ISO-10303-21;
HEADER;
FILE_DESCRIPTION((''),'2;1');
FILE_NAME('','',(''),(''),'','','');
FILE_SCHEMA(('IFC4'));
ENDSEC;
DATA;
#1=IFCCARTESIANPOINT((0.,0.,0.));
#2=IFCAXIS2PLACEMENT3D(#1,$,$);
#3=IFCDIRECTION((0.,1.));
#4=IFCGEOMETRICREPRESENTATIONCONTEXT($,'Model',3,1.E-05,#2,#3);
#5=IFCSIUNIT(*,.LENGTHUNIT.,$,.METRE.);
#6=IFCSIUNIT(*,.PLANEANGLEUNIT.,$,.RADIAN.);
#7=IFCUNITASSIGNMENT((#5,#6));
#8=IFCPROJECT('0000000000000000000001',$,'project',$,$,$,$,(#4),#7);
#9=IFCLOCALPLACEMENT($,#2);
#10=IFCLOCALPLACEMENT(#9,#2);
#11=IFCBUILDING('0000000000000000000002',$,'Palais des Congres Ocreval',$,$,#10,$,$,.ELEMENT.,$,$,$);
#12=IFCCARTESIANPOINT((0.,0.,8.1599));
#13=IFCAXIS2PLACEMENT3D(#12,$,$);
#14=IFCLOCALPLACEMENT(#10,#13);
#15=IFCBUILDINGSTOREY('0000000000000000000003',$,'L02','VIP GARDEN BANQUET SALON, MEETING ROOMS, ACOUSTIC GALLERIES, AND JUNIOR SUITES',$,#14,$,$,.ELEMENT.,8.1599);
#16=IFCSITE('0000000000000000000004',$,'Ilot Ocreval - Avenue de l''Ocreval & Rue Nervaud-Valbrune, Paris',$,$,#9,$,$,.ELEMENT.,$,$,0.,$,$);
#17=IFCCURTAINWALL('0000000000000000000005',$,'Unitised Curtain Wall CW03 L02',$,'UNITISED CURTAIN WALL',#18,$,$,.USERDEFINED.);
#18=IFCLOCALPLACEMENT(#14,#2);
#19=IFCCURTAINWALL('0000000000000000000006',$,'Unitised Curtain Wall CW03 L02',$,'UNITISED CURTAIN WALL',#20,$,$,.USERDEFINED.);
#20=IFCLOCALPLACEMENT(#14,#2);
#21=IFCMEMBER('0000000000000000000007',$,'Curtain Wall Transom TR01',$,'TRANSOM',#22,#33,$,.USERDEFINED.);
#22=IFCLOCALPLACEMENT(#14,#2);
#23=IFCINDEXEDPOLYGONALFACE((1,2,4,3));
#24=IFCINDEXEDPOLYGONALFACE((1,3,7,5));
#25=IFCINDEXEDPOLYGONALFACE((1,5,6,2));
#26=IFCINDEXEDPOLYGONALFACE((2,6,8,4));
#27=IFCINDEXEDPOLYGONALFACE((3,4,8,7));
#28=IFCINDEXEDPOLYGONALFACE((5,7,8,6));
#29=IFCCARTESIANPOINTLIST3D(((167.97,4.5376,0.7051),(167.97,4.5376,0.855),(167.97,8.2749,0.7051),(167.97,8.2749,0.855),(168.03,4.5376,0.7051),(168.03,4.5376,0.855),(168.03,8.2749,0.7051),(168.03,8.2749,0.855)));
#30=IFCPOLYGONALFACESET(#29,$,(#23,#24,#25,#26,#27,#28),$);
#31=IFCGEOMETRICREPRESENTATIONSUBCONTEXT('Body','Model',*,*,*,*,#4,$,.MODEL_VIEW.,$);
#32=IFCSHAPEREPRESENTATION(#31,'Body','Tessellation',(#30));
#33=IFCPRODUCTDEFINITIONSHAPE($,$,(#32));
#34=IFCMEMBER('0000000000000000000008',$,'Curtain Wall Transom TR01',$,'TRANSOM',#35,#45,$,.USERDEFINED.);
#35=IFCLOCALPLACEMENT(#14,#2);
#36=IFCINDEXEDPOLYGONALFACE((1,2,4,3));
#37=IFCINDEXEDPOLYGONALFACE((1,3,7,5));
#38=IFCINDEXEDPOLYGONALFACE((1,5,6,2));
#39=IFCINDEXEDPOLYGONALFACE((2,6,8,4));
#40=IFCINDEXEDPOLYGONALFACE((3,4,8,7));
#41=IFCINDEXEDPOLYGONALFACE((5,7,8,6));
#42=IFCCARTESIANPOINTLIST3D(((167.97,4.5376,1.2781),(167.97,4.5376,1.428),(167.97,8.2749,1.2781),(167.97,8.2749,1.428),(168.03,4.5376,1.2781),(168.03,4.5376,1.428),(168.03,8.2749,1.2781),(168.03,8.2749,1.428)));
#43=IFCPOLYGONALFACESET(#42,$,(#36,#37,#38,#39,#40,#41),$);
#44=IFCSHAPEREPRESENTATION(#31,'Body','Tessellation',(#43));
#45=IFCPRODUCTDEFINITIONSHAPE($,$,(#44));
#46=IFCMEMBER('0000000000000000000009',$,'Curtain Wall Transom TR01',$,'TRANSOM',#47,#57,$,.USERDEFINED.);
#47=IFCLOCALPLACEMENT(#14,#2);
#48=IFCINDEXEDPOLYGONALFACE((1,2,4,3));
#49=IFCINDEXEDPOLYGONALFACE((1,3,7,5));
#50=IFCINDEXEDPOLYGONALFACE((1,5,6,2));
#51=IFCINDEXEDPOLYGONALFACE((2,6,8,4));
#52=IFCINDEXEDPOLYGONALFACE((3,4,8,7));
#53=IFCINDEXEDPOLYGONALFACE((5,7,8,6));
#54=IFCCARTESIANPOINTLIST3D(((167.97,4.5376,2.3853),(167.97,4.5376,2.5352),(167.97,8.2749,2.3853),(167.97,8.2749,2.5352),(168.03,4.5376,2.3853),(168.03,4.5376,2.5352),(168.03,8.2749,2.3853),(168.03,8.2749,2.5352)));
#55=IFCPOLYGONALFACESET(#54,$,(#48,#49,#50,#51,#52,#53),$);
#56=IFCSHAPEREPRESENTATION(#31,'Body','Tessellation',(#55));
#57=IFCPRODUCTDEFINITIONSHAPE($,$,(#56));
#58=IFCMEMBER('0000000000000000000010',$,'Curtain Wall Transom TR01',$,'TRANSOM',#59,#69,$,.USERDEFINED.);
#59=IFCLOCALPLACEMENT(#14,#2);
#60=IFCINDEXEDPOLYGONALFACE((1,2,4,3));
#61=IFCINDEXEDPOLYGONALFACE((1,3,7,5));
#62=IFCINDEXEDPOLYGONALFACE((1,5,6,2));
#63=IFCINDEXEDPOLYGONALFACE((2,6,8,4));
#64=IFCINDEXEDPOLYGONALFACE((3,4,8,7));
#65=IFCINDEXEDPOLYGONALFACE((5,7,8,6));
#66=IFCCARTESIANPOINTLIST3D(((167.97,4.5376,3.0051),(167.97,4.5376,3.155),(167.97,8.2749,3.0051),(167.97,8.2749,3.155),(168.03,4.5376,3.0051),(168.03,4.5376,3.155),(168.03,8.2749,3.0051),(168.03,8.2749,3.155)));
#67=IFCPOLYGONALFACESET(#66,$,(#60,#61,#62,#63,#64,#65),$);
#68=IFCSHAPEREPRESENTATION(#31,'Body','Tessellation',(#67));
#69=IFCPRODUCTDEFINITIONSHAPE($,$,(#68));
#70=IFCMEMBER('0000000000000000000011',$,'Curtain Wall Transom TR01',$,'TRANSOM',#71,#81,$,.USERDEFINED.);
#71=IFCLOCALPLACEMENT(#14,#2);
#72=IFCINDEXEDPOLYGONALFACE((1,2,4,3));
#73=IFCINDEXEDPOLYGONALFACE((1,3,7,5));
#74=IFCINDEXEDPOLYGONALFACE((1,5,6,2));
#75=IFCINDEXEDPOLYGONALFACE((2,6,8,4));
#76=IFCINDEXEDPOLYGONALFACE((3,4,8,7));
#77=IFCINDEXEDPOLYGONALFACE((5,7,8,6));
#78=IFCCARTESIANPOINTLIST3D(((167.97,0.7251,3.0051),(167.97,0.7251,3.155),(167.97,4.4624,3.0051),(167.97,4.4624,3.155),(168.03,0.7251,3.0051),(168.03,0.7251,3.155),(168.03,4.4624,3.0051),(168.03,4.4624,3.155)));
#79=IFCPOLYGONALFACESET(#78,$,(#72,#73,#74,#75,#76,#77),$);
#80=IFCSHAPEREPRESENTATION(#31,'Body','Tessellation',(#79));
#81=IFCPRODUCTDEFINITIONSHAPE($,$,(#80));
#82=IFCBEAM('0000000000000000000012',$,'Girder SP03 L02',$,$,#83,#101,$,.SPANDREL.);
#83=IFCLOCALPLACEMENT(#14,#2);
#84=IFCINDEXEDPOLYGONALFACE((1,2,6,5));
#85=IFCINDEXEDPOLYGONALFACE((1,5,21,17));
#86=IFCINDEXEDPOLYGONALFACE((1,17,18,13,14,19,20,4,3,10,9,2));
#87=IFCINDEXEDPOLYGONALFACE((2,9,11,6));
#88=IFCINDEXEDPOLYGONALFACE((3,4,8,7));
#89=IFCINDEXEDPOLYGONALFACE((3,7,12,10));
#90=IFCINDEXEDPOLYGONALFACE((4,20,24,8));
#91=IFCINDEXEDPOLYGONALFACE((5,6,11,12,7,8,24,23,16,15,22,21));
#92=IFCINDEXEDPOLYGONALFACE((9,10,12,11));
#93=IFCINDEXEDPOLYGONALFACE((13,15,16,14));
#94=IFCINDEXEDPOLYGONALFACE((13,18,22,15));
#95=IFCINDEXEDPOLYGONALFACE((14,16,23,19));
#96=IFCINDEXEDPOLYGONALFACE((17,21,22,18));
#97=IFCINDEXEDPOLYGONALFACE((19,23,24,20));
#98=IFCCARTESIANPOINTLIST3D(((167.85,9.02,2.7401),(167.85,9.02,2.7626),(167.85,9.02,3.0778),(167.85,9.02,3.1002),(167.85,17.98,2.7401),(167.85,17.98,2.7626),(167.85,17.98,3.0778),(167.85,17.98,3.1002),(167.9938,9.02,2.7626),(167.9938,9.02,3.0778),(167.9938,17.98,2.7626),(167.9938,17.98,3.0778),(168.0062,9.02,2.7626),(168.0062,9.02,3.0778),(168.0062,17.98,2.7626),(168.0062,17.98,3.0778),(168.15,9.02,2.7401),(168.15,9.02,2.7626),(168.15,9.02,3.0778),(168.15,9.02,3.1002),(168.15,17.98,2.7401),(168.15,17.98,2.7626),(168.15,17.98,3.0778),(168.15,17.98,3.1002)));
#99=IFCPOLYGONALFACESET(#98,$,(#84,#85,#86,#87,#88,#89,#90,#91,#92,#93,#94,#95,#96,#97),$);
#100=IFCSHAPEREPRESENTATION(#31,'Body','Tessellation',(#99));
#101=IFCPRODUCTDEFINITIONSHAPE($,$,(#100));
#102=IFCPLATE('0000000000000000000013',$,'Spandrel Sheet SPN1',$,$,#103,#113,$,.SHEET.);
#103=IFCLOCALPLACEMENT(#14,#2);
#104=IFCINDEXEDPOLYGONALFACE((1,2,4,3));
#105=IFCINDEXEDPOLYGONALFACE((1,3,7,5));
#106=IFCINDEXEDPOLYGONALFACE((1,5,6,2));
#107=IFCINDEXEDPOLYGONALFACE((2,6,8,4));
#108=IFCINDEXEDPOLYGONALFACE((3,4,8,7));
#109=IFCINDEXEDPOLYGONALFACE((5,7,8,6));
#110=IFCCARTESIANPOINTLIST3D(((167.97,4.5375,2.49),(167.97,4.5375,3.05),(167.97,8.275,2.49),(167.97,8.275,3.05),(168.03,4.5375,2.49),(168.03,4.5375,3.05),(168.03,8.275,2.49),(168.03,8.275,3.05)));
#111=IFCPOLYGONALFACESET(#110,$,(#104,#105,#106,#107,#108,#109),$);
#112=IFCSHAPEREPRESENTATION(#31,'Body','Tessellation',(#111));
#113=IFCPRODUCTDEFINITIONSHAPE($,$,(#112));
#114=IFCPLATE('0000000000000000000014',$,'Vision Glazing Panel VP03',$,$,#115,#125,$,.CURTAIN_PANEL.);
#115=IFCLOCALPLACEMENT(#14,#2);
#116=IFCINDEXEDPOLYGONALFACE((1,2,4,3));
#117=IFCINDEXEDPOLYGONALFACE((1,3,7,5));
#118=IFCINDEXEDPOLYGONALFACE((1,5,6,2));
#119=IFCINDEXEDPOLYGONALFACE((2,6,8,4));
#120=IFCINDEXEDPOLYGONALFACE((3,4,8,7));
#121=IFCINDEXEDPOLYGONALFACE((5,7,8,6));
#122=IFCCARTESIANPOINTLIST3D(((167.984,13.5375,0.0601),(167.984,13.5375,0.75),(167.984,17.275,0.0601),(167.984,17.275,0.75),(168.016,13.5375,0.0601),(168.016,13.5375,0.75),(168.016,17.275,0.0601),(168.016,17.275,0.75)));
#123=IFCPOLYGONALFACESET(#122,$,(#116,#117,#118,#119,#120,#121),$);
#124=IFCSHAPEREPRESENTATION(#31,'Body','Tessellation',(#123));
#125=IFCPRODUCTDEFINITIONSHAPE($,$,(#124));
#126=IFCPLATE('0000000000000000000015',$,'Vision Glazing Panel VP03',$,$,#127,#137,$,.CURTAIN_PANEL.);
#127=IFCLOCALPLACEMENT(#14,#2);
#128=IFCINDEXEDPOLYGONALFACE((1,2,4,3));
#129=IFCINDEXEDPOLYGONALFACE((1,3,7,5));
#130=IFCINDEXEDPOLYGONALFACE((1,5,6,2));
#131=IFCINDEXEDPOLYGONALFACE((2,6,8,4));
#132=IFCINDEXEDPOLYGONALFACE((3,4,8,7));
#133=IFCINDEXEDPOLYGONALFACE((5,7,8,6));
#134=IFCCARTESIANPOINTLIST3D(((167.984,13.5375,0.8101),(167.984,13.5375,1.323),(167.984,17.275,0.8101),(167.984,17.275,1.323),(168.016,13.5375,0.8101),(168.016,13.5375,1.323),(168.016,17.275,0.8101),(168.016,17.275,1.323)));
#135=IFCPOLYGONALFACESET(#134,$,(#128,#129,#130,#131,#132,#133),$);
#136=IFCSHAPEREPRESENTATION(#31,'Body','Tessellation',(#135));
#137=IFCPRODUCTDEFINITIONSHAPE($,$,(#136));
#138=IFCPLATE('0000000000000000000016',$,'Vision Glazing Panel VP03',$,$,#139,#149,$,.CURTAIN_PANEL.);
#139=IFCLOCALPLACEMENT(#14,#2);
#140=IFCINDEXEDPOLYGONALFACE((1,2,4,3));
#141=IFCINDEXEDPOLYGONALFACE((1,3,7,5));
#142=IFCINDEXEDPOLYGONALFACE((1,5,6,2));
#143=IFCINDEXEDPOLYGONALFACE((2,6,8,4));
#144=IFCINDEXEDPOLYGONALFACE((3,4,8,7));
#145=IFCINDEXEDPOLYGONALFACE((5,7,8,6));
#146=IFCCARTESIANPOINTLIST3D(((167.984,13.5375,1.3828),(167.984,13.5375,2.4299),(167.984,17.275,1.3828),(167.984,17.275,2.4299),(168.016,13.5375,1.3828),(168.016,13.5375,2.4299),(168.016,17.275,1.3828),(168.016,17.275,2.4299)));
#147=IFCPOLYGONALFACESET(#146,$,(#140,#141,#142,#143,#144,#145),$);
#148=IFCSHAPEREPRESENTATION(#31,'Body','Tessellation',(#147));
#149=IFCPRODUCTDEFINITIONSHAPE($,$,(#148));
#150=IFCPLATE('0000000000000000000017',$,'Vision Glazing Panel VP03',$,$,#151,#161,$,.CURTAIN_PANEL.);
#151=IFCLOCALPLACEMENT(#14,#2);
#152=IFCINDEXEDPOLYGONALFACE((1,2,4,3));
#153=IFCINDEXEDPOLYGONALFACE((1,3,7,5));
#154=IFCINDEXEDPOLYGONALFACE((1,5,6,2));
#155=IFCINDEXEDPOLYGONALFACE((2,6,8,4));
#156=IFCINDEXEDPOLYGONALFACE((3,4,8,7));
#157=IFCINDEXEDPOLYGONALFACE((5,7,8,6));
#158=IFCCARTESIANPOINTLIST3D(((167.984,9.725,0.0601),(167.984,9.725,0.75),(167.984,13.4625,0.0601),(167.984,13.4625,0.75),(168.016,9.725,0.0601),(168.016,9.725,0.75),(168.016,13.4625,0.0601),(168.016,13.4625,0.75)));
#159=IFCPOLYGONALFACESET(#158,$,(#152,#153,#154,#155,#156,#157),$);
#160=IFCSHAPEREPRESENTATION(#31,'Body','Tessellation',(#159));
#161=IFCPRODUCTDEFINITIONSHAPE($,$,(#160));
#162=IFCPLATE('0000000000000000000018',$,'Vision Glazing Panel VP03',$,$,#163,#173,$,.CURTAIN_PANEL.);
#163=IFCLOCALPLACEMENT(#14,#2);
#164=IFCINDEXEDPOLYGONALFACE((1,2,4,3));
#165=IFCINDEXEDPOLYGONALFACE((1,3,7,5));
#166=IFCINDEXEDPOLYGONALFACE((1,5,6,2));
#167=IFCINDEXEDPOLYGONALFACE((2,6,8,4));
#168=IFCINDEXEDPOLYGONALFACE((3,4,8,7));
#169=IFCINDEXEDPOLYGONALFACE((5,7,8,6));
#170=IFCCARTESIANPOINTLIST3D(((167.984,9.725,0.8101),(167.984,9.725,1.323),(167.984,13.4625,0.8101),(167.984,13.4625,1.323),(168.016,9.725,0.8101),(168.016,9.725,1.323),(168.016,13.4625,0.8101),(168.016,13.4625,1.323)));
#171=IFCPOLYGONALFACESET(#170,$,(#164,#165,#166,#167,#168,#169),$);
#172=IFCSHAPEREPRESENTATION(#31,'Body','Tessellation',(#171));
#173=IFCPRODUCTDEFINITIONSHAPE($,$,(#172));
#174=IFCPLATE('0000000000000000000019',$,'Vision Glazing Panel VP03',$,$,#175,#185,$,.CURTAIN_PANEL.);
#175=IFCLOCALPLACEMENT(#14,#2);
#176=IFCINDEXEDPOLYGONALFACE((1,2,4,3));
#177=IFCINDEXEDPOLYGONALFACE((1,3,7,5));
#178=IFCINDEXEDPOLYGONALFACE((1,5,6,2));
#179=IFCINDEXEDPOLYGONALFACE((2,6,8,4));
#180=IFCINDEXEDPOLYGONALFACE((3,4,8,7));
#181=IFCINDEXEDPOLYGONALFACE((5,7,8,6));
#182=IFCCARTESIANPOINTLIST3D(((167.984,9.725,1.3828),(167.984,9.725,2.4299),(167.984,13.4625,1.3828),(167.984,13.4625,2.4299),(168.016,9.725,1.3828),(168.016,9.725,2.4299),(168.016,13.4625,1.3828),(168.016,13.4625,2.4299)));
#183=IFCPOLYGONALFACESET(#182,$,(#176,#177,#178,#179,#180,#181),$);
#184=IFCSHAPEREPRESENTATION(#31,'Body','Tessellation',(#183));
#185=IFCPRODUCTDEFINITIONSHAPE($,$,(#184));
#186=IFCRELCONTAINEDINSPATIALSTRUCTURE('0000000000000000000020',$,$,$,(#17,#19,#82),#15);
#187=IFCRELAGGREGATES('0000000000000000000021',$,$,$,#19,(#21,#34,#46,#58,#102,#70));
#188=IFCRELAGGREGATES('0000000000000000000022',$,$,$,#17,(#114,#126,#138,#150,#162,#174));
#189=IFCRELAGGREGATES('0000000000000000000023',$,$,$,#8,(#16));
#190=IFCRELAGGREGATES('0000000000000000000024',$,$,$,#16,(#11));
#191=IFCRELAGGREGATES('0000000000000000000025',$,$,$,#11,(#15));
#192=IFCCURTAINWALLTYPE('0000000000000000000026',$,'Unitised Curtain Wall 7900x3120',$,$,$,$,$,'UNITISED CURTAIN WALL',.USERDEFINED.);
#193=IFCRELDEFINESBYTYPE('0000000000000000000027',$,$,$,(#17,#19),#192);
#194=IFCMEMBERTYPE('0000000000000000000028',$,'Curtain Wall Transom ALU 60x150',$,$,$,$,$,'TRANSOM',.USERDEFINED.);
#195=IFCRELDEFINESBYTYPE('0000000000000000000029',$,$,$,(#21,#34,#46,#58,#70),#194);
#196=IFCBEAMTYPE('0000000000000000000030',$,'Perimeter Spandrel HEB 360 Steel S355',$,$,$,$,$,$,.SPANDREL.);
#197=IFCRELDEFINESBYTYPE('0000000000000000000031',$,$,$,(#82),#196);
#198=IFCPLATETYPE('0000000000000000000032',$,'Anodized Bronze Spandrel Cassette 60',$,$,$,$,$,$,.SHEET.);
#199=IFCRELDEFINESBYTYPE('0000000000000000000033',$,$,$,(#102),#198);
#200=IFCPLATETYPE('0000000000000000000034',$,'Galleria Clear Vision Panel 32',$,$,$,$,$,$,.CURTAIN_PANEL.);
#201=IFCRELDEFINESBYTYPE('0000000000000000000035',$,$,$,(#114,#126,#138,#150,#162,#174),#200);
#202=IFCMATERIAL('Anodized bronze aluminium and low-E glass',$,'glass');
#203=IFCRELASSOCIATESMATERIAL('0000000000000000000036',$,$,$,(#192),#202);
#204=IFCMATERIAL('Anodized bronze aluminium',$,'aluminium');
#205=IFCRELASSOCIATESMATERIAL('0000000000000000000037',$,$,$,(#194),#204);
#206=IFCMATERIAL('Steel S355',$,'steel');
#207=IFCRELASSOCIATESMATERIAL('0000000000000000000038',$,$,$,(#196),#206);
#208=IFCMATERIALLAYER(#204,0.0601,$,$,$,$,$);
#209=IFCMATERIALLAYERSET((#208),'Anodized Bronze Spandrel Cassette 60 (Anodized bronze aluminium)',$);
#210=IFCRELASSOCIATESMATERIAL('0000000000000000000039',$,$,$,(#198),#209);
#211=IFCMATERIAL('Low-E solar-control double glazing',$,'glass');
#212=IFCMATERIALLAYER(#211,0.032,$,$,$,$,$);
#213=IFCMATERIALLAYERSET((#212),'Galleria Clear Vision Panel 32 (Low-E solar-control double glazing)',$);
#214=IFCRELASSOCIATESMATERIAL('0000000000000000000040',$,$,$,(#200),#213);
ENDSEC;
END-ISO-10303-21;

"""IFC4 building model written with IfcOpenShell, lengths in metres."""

from ifc_helpers import new_model, si_unit, direction, frame, origin, origin_2d, place, context, subcontext, project, spatial, rectangle, i_section, extrude, material, layer, layer_set, material_profile, profile_set, type_object, element, aggregate, save


model = new_model("IFC4")

# Units and contexts
model_context = context("Model", 3, precision=1e-05, world=origin(), true_north=direction((0.0, 1.0)))
body_context = subcontext(model_context, "Body", "Model", "MODEL_VIEW")
ifc_project = project(units=[si_unit("LENGTHUNIT", "METRE"), si_unit("PLANEANGLEUNIT", "RADIAN")], contexts=[model_context])

# Site, building, storey
site_placement = place(None, origin())
site = spatial("IfcSite", under=ifc_project, at=site_placement, Name="Ilot Ocreval - Avenue de l'Ocreval & Rue Nervaud-Valbrune, Paris", CompositionType="ELEMENT", RefElevation=0.0)
building_placement = place(site_placement, origin())
building = spatial("IfcBuilding", under=site, at=building_placement, Name="Palais des Congres Ocreval", CompositionType="ELEMENT")
storey_placement = place(building_placement, frame((0.0, 0.0, 8.1599)))
storey = spatial("IfcBuildingStorey", under=building, at=storey_placement, Name="L02", Description="VIP GARDEN BANQUET SALON, MEETING ROOMS, ACOUSTIC GALLERIES, AND JUNIOR SUITES", CompositionType="ELEMENT", Elevation=8.1599)

# Shared definitions
ifc_material_1 = material(Name="Steel S355", Category="steel")

# Curtain walls
ifc_material_2 = material(Name="Anodized bronze aluminium and low-E glass", Category="glass")
curtain_wall_type = type_object("IfcCurtainWallType", Name="Unitised Curtain Wall 7900x3120", ElementType="UNITISED CURTAIN WALL", PredefinedType="USERDEFINED", material=ifc_material_2)
curtain_wall_1_placement = place(storey_placement, origin())
curtain_wall_1 = element("IfcCurtainWall", 1, at=curtain_wall_1_placement, inside=storey, type_object=curtain_wall_type, Name="Unitised Curtain Wall CW03 L02", ObjectType="UNITISED CURTAIN WALL", PredefinedType="USERDEFINED")
ifc_material_3 = material(Name="Anodized bronze aluminium", Category="aluminium")
curtain_wall_2_placement = place(storey_placement, origin())
curtain_wall_2 = element("IfcCurtainWall", 2, at=curtain_wall_2_placement, inside=storey, type_object=curtain_wall_type, Name="Unitised Curtain Wall CW03 L02", ObjectType="UNITISED CURTAIN WALL", PredefinedType="USERDEFINED")

# Members
ifc_material_profile_1 = material_profile(ifc_material_3, rectangle(XDim=0.0601, YDim=0.1499, at=origin_2d()), Name="ALU 60x150")
ifc_profile_set_1 = profile_set([ifc_material_profile_1], Name="Anodized bronze aluminium")
member_type_1 = type_object("IfcMemberType", Name="Curtain Wall Transom ALU 60x150", ElementType="TRANSOM", PredefinedType="USERDEFINED", material=ifc_profile_set_1)
member_1_placement = place(storey_placement, frame((168.0, 8.2749, 0.78), z_axis=(0.0, -1.0, 0.0), x_axis=(1.0, 0.0, 0.0)))
member_1 = element("IfcMember", 3, at=member_1_placement, type_object=member_type_1, Name="Curtain Wall Transom TR01", ObjectType="TRANSOM", PredefinedType="USERDEFINED", context=body_context, shape_type="SweptSolid", body=[
    extrude(rectangle(XDim=0.0601, YDim=0.1499, at=origin_2d()), origin(), (0.0, 0.0, 1.0), 3.7373),
])
member_2_placement = place(storey_placement, frame((168.0, 8.2749, 1.353), z_axis=(0.0, -1.0, 0.0), x_axis=(1.0, 0.0, 0.0)))
member_2 = element("IfcMember", 4, at=member_2_placement, type_object=member_type_1, Name="Curtain Wall Transom TR01", ObjectType="TRANSOM", PredefinedType="USERDEFINED", context=body_context, shape_type="SweptSolid", body=[
    extrude(rectangle(XDim=0.0601, YDim=0.1499, at=origin_2d()), origin(), (0.0, 0.0, 1.0), 3.7373),
])
member_3_placement = place(storey_placement, frame((168.0, 8.2749, 2.4602), z_axis=(0.0, -1.0, 0.0), x_axis=(1.0, 0.0, 0.0)))
member_3 = element("IfcMember", 5, at=member_3_placement, type_object=member_type_1, Name="Curtain Wall Transom TR01", ObjectType="TRANSOM", PredefinedType="USERDEFINED", context=body_context, shape_type="SweptSolid", body=[
    extrude(rectangle(XDim=0.0601, YDim=0.1499, at=origin_2d()), origin(), (0.0, 0.0, 1.0), 3.7373),
])
member_4_placement = place(storey_placement, frame((168.0, 8.2749, 3.0801), z_axis=(0.0, -1.0, 0.0), x_axis=(1.0, 0.0, 0.0)))
member_4 = element("IfcMember", 6, at=member_4_placement, type_object=member_type_1, Name="Curtain Wall Transom TR01", ObjectType="TRANSOM", PredefinedType="USERDEFINED", context=body_context, shape_type="SweptSolid", body=[
    extrude(rectangle(XDim=0.0601, YDim=0.1499, at=origin_2d()), origin(), (0.0, 0.0, 1.0), 3.7373),
])
member_5_placement = place(storey_placement, frame((168.0, 4.4624, 3.0801), z_axis=(0.0, -1.0, 0.0), x_axis=(1.0, 0.0, 0.0)))
member_5 = element("IfcMember", 7, at=member_5_placement, type_object=member_type_1, Name="Curtain Wall Transom TR01", ObjectType="TRANSOM", PredefinedType="USERDEFINED", context=body_context, shape_type="SweptSolid", body=[
    extrude(rectangle(XDim=0.0601, YDim=0.1499, at=origin_2d()), origin(), (0.0, 0.0, 1.0), 3.7373),
])

# Beam
ifc_material_profile_2 = material_profile(ifc_material_1, i_section(OverallWidth=0.3, OverallDepth=0.3601, WebThickness=0.0125, FlangeThickness=0.0225, at=origin_2d()), Name="HEB 360")
ifc_profile_set_2 = profile_set([ifc_material_profile_2], Name="Steel S355")
beam_type = type_object("IfcBeamType", Name="Perimeter Spandrel HEB 360 Steel S355", PredefinedType="SPANDREL", material=ifc_profile_set_2)
beam_placement = place(storey_placement, frame((168.0, 9.02, 2.9202), z_axis=(0.0, 1.0, 0.0), x_axis=(-1.0, 0.0, 0.0)))
element("IfcBeam", 8, at=beam_placement, inside=storey, type_object=beam_type, Name="Girder SP03 L02", PredefinedType="SPANDREL", context=body_context, shape_type="SweptSolid", body=[
    extrude(i_section(OverallWidth=0.3, OverallDepth=0.3601, WebThickness=0.0125, FlangeThickness=0.0225, at=origin_2d()), origin(), (0.0, 0.0, 1.0), 8.96),
])

# Plates
ifc_layer_1 = layer(ifc_material_3, 0.0601)
ifc_layer_set_1 = layer_set([ifc_layer_1], Name="Anodized Bronze Spandrel Cassette 60 (Anodized bronze aluminium)")
plate_type_1 = type_object("IfcPlateType", Name="Anodized Bronze Spandrel Cassette 60", PredefinedType="SHEET", material=ifc_layer_set_1)
plate_1_placement = place(storey_placement, frame((168.0, 6.4062, 2.49), z_axis=(0.0, 0.0, 1.0), x_axis=(0.0, -1.0, 0.0)))
plate_1 = element("IfcPlate", 9, at=plate_1_placement, type_object=plate_type_1, Name="Spandrel Sheet SPN1", PredefinedType="SHEET", context=body_context, shape_type="SweptSolid", body=[
    extrude(rectangle(XDim=3.7375, YDim=0.0601, at=origin_2d()), origin(), (0.0, 0.0, 1.0), 0.5601),
])
ifc_material_4 = material(Name="Low-E solar-control double glazing", Category="glass")
ifc_layer_2 = layer(ifc_material_4, 0.032)
ifc_layer_set_2 = layer_set([ifc_layer_2], Name="Galleria Clear Vision Panel 32 (Low-E solar-control double glazing)")
plate_type_2 = type_object("IfcPlateType", Name="Galleria Clear Vision Panel 32", PredefinedType="CURTAIN_PANEL", material=ifc_layer_set_2)
plate_2_placement = place(storey_placement, frame((168.0, 15.4062, 0.0601), z_axis=(0.0, 0.0, 1.0), x_axis=(0.0, -1.0, 0.0)))
plate_2 = element("IfcPlate", 10, at=plate_2_placement, type_object=plate_type_2, Name="Vision Glazing Panel VP03", PredefinedType="CURTAIN_PANEL", context=body_context, shape_type="SweptSolid", body=[
    extrude(rectangle(XDim=3.7375, YDim=0.032, at=origin_2d()), origin(), (0.0, 0.0, 1.0), 0.6899),
])
plate_3_placement = place(storey_placement, frame((168.0, 15.4062, 0.8101), z_axis=(0.0, 0.0, 1.0), x_axis=(0.0, -1.0, 0.0)))
plate_3 = element("IfcPlate", 11, at=plate_3_placement, type_object=plate_type_2, Name="Vision Glazing Panel VP03", PredefinedType="CURTAIN_PANEL", context=body_context, shape_type="SweptSolid", body=[
    extrude(rectangle(XDim=3.7375, YDim=0.032, at=origin_2d()), origin(), (0.0, 0.0, 1.0), 0.5129),
])
plate_4_placement = place(storey_placement, frame((168.0, 15.4062, 1.3828), z_axis=(0.0, 0.0, 1.0), x_axis=(0.0, -1.0, 0.0)))
plate_4 = element("IfcPlate", 12, at=plate_4_placement, type_object=plate_type_2, Name="Vision Glazing Panel VP03", PredefinedType="CURTAIN_PANEL", context=body_context, shape_type="SweptSolid", body=[
    extrude(rectangle(XDim=3.7375, YDim=0.032, at=origin_2d()), origin(), (0.0, 0.0, 1.0), 1.0471),
])
plate_5_placement = place(storey_placement, frame((168.0, 11.5938, 0.0601), z_axis=(0.0, 0.0, 1.0), x_axis=(0.0, -1.0, 0.0)))
plate_5 = element("IfcPlate", 13, at=plate_5_placement, type_object=plate_type_2, Name="Vision Glazing Panel VP03", PredefinedType="CURTAIN_PANEL", context=body_context, shape_type="SweptSolid", body=[
    extrude(rectangle(XDim=3.7375, YDim=0.032, at=origin_2d()), origin(), (0.0, 0.0, 1.0), 0.6899),
])
plate_6_placement = place(storey_placement, frame((168.0, 11.5938, 0.8101), z_axis=(0.0, 0.0, 1.0), x_axis=(0.0, -1.0, 0.0)))
plate_6 = element("IfcPlate", 14, at=plate_6_placement, type_object=plate_type_2, Name="Vision Glazing Panel VP03", PredefinedType="CURTAIN_PANEL", context=body_context, shape_type="SweptSolid", body=[
    extrude(rectangle(XDim=3.7375, YDim=0.032, at=origin_2d()), origin(), (0.0, 0.0, 1.0), 0.5129),
])
plate_7_placement = place(storey_placement, frame((168.0, 11.5938, 1.3828), z_axis=(0.0, 0.0, 1.0), x_axis=(0.0, -1.0, 0.0)))
plate_7 = element("IfcPlate", 15, at=plate_7_placement, type_object=plate_type_2, Name="Vision Glazing Panel VP03", PredefinedType="CURTAIN_PANEL", context=body_context, shape_type="SweptSolid", body=[
    extrude(rectangle(XDim=3.7375, YDim=0.032, at=origin_2d()), origin(), (0.0, 0.0, 1.0), 1.0471),
])
aggregate(curtain_wall_2, [member_1, member_2, member_3, member_4, plate_1, member_5])
aggregate(curtain_wall_1, [plate_2, plate_3, plate_4, plate_5, plate_6, plate_7])

save(model, "model.ifc")
